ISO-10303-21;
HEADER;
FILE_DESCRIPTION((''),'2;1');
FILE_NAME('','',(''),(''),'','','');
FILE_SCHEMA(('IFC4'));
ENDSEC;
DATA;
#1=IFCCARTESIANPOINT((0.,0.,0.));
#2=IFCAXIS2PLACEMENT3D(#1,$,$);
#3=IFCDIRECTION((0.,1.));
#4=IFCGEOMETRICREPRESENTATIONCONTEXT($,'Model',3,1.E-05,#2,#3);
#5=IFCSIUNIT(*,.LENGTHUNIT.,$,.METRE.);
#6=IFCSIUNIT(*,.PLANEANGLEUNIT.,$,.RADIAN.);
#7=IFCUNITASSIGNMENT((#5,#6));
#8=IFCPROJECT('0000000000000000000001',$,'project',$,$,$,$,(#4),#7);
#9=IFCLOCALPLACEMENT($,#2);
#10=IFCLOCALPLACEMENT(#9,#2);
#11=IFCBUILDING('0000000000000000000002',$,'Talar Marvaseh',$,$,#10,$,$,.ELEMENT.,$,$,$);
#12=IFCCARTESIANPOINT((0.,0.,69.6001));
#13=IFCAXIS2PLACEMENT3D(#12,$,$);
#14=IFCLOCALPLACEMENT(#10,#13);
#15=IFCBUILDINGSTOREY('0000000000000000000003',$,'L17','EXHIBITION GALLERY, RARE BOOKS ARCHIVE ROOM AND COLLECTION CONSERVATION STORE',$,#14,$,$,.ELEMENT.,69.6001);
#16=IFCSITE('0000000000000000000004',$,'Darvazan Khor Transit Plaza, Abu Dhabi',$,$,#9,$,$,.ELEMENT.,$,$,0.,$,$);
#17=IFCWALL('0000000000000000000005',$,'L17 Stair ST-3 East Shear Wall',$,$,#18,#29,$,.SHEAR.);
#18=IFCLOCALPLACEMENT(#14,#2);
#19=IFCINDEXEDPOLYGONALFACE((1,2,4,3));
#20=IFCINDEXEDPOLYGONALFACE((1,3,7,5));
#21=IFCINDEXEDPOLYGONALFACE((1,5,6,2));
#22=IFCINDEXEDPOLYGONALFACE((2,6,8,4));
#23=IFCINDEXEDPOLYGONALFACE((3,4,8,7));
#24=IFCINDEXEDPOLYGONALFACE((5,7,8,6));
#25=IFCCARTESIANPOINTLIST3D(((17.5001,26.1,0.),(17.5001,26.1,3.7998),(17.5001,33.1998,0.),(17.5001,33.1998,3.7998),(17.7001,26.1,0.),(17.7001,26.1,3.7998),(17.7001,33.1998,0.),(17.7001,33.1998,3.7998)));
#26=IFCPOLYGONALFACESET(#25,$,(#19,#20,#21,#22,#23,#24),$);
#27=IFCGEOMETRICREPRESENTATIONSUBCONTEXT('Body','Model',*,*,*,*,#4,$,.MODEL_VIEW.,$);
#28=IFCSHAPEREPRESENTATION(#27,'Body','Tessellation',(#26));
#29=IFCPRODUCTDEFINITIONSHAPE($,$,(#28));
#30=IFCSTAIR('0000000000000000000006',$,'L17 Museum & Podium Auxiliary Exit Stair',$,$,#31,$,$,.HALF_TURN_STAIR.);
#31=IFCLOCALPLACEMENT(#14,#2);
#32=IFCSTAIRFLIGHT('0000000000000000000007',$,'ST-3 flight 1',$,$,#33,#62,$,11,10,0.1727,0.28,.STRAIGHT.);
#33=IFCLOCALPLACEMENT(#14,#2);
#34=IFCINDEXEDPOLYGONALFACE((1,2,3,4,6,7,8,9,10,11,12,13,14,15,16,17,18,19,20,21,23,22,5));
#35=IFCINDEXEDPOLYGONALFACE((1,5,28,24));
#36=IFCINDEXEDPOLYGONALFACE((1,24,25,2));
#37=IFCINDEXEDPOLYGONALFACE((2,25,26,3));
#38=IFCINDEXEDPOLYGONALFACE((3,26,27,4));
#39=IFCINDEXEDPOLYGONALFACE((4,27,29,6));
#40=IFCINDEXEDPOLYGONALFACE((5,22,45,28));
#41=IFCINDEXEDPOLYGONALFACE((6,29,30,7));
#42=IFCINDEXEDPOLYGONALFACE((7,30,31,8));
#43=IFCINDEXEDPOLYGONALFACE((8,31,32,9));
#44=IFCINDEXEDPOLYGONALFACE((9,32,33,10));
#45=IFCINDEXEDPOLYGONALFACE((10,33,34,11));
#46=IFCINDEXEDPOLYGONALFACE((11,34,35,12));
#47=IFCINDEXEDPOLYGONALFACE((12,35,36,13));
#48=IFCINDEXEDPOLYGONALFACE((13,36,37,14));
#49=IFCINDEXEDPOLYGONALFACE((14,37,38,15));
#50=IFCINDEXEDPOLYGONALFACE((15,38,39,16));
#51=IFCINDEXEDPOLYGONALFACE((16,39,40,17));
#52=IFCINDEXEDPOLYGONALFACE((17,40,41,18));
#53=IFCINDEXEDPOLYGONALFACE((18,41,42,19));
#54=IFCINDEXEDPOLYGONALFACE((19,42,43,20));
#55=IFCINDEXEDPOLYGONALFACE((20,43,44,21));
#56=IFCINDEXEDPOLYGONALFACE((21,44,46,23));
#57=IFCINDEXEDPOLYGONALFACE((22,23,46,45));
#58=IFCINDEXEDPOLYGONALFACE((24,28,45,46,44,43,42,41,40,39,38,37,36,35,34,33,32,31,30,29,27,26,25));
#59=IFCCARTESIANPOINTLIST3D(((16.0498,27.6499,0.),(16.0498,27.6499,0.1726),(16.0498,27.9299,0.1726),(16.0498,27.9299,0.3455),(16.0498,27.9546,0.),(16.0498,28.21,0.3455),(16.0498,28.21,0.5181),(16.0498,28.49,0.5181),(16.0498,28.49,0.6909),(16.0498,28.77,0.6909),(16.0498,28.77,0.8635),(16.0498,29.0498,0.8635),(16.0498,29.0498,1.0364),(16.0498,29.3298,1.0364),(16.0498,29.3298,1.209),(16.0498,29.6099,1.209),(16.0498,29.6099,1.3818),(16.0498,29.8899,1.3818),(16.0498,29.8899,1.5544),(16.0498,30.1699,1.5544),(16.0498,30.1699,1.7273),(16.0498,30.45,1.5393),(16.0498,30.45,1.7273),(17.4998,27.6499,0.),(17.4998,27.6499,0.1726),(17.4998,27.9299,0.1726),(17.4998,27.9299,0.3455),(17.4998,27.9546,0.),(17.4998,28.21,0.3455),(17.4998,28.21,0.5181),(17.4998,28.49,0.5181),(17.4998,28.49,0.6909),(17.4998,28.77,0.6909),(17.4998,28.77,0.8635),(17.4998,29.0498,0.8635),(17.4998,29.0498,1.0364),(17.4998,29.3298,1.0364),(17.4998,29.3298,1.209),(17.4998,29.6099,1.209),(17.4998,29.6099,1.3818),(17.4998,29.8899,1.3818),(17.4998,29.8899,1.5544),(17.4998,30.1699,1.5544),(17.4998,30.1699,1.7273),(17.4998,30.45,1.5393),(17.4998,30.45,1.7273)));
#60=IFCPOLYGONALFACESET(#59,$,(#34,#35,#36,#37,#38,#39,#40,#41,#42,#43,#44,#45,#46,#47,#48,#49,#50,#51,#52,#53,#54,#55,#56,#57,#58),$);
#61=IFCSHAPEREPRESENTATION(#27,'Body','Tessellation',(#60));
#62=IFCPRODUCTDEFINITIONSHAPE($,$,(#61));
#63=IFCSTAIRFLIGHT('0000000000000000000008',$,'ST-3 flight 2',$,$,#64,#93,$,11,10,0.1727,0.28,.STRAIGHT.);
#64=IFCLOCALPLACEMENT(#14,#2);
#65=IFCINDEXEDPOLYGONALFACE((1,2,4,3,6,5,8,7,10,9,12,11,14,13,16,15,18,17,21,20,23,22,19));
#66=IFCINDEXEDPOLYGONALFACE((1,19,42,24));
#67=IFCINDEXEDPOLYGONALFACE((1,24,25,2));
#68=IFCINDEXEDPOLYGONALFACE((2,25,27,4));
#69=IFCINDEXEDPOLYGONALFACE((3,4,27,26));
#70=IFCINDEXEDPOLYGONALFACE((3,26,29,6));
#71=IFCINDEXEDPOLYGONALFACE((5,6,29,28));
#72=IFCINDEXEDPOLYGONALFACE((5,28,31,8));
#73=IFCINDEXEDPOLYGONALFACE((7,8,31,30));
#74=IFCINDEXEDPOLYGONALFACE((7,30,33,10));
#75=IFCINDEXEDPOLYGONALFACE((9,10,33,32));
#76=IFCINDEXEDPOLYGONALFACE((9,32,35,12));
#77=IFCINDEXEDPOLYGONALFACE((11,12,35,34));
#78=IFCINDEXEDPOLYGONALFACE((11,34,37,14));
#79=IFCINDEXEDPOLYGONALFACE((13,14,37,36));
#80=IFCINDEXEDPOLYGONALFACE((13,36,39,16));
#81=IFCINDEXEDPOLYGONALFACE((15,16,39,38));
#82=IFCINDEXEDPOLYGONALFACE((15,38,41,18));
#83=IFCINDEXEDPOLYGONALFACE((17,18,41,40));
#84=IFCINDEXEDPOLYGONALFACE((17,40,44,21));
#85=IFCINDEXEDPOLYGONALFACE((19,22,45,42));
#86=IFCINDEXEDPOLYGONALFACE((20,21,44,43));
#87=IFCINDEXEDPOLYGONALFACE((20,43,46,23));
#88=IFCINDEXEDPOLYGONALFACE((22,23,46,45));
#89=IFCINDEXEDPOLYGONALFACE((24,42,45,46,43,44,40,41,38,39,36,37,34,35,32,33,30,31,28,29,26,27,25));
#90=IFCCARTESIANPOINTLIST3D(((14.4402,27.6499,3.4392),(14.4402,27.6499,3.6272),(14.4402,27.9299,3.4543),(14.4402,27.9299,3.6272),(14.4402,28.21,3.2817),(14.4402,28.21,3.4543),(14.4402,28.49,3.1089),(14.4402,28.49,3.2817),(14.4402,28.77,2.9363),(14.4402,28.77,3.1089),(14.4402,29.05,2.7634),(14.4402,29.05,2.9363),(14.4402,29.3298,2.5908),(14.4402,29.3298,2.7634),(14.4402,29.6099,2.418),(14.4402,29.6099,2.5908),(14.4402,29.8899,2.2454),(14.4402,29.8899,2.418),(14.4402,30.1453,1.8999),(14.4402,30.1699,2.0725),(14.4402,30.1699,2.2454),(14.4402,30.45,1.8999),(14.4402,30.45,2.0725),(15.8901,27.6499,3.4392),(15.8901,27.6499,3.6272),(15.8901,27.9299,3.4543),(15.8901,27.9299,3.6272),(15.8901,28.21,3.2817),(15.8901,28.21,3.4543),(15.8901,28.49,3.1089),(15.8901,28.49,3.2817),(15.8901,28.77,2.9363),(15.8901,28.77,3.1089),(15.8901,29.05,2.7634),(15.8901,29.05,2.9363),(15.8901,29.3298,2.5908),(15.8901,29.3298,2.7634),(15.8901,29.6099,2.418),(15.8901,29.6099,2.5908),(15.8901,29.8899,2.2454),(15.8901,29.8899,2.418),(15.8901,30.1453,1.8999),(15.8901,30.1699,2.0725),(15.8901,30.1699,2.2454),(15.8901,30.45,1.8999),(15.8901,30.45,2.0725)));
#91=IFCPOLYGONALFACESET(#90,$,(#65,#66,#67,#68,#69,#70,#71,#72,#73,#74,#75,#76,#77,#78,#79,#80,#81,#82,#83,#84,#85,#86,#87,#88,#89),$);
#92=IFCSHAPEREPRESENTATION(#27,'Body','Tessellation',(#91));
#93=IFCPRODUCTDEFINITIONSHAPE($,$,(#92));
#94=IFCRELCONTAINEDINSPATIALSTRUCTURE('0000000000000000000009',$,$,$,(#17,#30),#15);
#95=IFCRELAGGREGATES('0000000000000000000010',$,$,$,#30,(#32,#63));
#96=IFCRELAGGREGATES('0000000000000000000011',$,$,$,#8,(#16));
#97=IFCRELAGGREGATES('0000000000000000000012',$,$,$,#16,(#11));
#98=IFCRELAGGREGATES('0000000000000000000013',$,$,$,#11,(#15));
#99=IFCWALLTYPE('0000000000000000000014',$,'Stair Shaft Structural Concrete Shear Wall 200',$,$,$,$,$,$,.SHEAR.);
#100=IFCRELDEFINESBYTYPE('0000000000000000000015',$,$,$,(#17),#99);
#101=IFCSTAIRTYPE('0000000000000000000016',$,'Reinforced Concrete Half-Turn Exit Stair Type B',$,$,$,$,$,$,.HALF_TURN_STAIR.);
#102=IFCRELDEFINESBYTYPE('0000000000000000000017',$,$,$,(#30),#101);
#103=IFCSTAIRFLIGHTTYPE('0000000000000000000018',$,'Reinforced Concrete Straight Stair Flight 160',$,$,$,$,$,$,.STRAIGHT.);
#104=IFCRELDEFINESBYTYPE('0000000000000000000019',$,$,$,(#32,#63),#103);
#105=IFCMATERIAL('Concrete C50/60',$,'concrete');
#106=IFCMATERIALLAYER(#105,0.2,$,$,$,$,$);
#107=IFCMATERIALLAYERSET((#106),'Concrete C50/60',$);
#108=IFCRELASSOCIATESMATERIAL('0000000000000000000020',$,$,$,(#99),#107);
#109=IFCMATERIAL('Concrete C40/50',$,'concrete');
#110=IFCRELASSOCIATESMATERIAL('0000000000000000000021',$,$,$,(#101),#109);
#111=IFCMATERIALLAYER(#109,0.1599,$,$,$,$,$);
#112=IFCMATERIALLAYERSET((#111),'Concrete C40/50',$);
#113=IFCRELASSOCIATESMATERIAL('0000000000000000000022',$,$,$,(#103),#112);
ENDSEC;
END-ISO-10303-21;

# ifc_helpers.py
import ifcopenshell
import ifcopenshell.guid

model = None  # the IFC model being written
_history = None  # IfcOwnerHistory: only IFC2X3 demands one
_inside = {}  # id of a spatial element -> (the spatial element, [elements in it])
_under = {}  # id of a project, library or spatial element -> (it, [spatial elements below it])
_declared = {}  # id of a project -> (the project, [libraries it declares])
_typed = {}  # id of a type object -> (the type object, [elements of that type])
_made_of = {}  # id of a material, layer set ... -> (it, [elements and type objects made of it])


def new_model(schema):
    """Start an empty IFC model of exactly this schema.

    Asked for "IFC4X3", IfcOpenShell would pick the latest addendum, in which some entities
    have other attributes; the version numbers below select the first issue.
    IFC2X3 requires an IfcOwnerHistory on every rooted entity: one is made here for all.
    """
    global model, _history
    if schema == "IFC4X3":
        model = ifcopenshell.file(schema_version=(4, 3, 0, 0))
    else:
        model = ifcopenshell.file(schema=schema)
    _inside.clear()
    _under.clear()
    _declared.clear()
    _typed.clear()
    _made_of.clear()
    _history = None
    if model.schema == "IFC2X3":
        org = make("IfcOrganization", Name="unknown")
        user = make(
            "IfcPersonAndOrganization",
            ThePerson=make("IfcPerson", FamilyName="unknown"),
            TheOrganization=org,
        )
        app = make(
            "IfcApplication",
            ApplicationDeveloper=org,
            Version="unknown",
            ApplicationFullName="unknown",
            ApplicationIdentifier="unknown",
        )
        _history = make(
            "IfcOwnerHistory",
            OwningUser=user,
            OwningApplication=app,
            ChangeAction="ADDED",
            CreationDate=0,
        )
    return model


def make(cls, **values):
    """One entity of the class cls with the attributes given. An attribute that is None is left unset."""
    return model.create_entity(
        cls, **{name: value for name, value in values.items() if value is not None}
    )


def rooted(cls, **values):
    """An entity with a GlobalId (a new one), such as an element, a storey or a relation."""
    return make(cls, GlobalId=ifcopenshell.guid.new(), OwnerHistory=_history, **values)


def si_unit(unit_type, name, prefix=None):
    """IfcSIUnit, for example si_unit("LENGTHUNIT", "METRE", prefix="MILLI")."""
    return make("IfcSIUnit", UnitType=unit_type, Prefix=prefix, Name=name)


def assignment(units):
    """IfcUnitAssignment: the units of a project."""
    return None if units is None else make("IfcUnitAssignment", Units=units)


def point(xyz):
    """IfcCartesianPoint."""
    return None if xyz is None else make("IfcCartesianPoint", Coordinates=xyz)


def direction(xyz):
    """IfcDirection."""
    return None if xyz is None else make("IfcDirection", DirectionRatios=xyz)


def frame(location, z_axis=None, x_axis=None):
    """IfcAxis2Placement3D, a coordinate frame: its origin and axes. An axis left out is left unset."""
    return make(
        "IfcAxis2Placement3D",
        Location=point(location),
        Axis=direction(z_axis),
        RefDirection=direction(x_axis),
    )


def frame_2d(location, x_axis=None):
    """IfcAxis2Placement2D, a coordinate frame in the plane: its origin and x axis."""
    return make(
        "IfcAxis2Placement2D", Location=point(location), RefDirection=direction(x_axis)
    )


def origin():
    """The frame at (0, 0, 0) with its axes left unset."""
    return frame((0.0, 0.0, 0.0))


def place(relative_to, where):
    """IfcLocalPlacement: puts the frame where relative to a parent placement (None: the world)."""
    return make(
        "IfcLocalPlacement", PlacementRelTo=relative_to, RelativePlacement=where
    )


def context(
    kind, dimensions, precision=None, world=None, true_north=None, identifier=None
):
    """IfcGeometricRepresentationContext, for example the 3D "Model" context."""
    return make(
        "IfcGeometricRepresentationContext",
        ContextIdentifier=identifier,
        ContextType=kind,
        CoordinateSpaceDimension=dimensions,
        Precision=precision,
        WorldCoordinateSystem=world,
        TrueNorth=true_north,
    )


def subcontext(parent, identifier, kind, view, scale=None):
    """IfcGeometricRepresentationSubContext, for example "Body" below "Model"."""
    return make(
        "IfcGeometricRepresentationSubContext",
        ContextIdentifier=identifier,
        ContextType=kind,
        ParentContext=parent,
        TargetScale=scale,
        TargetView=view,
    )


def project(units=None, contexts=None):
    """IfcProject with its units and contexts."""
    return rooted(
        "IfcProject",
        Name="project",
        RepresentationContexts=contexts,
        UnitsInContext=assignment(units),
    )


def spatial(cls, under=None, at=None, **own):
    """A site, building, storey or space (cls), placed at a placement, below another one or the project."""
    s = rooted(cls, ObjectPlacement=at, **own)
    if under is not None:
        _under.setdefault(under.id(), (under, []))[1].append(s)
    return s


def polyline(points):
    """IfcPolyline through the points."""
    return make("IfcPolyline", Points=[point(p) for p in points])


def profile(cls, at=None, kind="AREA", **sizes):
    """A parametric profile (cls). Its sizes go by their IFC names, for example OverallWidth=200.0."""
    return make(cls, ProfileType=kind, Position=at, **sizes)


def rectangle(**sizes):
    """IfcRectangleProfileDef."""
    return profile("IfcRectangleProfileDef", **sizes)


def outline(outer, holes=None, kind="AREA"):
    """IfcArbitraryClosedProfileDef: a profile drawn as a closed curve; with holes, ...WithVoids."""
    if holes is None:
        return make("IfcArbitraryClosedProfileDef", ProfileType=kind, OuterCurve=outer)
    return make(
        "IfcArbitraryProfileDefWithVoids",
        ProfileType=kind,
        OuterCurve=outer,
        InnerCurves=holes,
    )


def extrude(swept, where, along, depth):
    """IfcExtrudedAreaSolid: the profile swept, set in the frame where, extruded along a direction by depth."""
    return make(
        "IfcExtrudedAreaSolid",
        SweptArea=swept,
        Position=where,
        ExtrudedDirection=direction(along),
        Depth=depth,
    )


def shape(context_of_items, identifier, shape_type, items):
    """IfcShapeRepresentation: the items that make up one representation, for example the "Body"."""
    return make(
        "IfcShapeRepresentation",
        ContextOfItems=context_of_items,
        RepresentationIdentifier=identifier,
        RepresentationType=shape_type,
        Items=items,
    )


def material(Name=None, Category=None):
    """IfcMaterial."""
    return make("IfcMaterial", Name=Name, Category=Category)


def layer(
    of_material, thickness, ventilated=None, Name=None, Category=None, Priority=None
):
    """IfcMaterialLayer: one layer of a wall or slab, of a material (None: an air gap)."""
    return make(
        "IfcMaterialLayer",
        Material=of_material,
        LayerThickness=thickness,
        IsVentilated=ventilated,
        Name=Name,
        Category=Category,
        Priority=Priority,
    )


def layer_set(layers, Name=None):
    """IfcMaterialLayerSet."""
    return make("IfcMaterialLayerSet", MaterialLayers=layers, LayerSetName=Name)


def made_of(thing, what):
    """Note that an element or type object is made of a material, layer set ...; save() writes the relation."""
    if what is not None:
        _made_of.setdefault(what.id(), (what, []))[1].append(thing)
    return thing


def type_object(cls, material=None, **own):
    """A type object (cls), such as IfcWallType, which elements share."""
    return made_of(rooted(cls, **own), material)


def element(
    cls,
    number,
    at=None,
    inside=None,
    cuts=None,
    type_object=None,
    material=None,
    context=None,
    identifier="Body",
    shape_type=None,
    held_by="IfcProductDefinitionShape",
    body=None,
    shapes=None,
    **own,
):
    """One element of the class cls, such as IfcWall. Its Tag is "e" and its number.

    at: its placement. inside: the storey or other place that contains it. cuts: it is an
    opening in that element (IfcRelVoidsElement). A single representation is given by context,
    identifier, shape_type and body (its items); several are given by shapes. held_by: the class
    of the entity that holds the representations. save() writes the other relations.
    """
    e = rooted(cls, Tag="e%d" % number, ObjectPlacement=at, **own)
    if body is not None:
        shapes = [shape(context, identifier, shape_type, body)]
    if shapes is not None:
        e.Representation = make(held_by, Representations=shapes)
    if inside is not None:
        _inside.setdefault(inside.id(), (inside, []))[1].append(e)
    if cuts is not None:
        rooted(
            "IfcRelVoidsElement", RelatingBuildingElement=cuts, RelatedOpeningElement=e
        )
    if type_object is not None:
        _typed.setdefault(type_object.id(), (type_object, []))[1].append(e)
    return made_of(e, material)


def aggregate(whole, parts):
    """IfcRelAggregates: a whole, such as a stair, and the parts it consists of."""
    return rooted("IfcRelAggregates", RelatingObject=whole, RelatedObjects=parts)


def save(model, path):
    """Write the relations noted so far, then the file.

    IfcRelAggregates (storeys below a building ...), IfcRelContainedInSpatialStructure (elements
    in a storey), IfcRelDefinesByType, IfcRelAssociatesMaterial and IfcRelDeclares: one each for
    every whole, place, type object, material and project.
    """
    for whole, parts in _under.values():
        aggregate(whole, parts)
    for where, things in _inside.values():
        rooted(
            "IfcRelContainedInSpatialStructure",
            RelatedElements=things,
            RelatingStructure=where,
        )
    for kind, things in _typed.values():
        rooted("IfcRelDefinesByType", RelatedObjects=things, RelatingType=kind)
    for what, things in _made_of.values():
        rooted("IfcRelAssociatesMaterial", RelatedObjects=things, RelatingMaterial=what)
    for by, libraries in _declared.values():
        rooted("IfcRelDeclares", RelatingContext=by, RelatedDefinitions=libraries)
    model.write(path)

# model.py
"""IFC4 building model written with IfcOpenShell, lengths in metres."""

from ifc_helpers import new_model, si_unit, direction, frame, frame_2d, origin, place, context, subcontext, project, spatial, polyline, rectangle, outline, extrude, material, layer, layer_set, type_object, element, aggregate, save


model = new_model("IFC4")

# Units and contexts
model_context = context("Model", 3, precision=1e-05, world=origin(), true_north=direction((0.0, 1.0)))
body_context = subcontext(model_context, "Body", "Model", "MODEL_VIEW")
ifc_project = project(units=[si_unit("LENGTHUNIT", "METRE"), si_unit("PLANEANGLEUNIT", "RADIAN")], contexts=[model_context])

# Site, building, storey
site_placement = place(None, origin())
site = spatial("IfcSite", under=ifc_project, at=site_placement, Name="Darvazan Khor Transit Plaza, Abu Dhabi", CompositionType="ELEMENT", RefElevation=0.0)
building_placement = place(site_placement, origin())
building = spatial("IfcBuilding", under=site, at=building_placement, Name="Talar Marvaseh", CompositionType="ELEMENT")
storey_placement = place(building_placement, frame((0.0, 0.0, 69.6001)))
storey = spatial("IfcBuildingStorey", under=building, at=storey_placement, Name="L17", Description="EXHIBITION GALLERY, RARE BOOKS ARCHIVE ROOM AND COLLECTION CONSERVATION STORE", CompositionType="ELEMENT", Elevation=69.6001)

# Shared definitions
ifc_material_1 = material(Name="Concrete C40/50", Category="concrete")

# Shared definitions
ifc_material_2 = material(Name="Concrete C50/60", Category="concrete")
ifc_layer_1 = layer(ifc_material_2, 0.2)
ifc_layer_set_1 = layer_set([ifc_layer_1], Name="Concrete C50/60")
wall_type_1 = type_object("IfcWallType", Name="Stair Shaft Structural Concrete Shear Wall 200", PredefinedType="SHEAR", material=ifc_layer_set_1)

# Wall
for number, where, z_axis, x_axis, name in (
    (1, (17.6001, 26.1001, 0.0), (0.0, 0.0, 1.0), (0.0, 1.0, 0.0), "L17 Stair ST-3 East Shear Wall"),
):
    element("IfcWall", number, at=place(storey_placement, frame(where, z_axis=z_axis, x_axis=x_axis)), inside=storey, type_object=wall_type_1, Name=name, PredefinedType="SHEAR", context=body_context, shape_type="SweptSolid", body=[
        extrude(rectangle(XDim=7.0999, YDim=0.2, at=frame_2d((3.5498, 0.0))), origin(), (0.0, 0.0, 1.0), 3.7998),
    ])

# Stair, stair flights
stair_type = type_object("IfcStairType", Name="Reinforced Concrete Half-Turn Exit Stair Type B", PredefinedType="HALF_TURN_STAIR", material=ifc_material_1)
stair_placement = place(storey_placement, origin())
stair = element("IfcStair", 2, at=stair_placement, inside=storey, type_object=stair_type, Name="L17 Museum & Podium Auxiliary Exit Stair", PredefinedType="HALF_TURN_STAIR")
ifc_layer_2 = layer(ifc_material_1, 0.1599)
ifc_layer_set_2 = layer_set([ifc_layer_2], Name="Concrete C40/50")
stair_flight_type = type_object("IfcStairFlightType", Name="Reinforced Concrete Straight Stair Flight 160", PredefinedType="STRAIGHT", material=ifc_layer_set_2)
stair_flight_1_placement = place(storey_placement, frame((16.7749, 27.6499, 0.0), z_axis=(0.0, 0.0, 1.0), x_axis=(0.0, 1.0, 0.0)))
stair_flight_1 = element("IfcStairFlight", 3, at=stair_flight_1_placement, type_object=stair_flight_type, Name="ST-3 flight 1", NumberOfRisers=11, NumberOfTreads=10, PredefinedType="STRAIGHT", RiserHeight=0.1727, TreadLength=0.28, context=body_context, shape_type="SweptSolid", body=[
    extrude(outline(polyline([(0.0, 0.0), (0.0, 0.1726), (0.28, 0.1726), (0.28, 0.3455), (0.5601, 0.3455), (0.5601, 0.5181), (0.8401, 0.5181), (0.8401, 0.6909), (1.1201, 0.6909), (1.1201, 0.8635), (1.3999, 0.8635), (1.3999, 1.0364), (1.6799, 1.0364), (1.6799, 1.209), (1.96, 1.209), (1.96, 1.3818), (2.24, 1.3818), (2.24, 1.5544), (2.52, 1.5544), (2.52, 1.7273), (2.8, 1.7273), (2.8, 1.8999), (2.8, 1.5393), (0.3047, 0.0), (0.0, 0.0)])), frame((0.0, 0.7251, 0.0), z_axis=(0.0, -1.0, 0.0), x_axis=(1.0, 0.0, 0.0)), (0.0, 0.0, 1.0), 1.45),
])
stair_flight_2_placement = place(storey_placement, frame((15.165, 30.45, 1.8999), z_axis=(0.0, 0.0, 1.0), x_axis=(0.0, -1.0, 0.0)))
stair_flight_2 = element("IfcStairFlight", 4, at=stair_flight_2_placement, type_object=stair_flight_type, Name="ST-3 flight 2", NumberOfRisers=11, NumberOfTreads=10, PredefinedType="STRAIGHT", RiserHeight=0.1727, TreadLength=0.28, context=body_context, shape_type="SweptSolid", body=[
    extrude(outline(polyline([(0.0, 0.0), (0.0, 0.1726), (0.28, 0.1726), (0.28, 0.3455), (0.5601, 0.3455), (0.5601, 0.5181), (0.8401, 0.5181), (0.8401, 0.6909), (1.1201, 0.6909), (1.1201, 0.8635), (1.3999, 0.8635), (1.3999, 1.0364), (1.6799, 1.0364), (1.6799, 1.209), (1.96, 1.209), (1.96, 1.3818), (2.24, 1.3818), (2.24, 1.5544), (2.52, 1.5544), (2.52, 1.7273), (2.8, 1.7273), (2.8, 1.8999), (2.8, 1.5393), (0.3047, 0.0), (0.0, 0.0)])), frame((0.0, 0.7251, 0.0), z_axis=(0.0, -1.0, 0.0), x_axis=(1.0, 0.0, 0.0)), (0.0, 0.0, 1.0), 1.45),
])
aggregate(stair, [stair_flight_1, stair_flight_2])

save(model, "model.ifc")
